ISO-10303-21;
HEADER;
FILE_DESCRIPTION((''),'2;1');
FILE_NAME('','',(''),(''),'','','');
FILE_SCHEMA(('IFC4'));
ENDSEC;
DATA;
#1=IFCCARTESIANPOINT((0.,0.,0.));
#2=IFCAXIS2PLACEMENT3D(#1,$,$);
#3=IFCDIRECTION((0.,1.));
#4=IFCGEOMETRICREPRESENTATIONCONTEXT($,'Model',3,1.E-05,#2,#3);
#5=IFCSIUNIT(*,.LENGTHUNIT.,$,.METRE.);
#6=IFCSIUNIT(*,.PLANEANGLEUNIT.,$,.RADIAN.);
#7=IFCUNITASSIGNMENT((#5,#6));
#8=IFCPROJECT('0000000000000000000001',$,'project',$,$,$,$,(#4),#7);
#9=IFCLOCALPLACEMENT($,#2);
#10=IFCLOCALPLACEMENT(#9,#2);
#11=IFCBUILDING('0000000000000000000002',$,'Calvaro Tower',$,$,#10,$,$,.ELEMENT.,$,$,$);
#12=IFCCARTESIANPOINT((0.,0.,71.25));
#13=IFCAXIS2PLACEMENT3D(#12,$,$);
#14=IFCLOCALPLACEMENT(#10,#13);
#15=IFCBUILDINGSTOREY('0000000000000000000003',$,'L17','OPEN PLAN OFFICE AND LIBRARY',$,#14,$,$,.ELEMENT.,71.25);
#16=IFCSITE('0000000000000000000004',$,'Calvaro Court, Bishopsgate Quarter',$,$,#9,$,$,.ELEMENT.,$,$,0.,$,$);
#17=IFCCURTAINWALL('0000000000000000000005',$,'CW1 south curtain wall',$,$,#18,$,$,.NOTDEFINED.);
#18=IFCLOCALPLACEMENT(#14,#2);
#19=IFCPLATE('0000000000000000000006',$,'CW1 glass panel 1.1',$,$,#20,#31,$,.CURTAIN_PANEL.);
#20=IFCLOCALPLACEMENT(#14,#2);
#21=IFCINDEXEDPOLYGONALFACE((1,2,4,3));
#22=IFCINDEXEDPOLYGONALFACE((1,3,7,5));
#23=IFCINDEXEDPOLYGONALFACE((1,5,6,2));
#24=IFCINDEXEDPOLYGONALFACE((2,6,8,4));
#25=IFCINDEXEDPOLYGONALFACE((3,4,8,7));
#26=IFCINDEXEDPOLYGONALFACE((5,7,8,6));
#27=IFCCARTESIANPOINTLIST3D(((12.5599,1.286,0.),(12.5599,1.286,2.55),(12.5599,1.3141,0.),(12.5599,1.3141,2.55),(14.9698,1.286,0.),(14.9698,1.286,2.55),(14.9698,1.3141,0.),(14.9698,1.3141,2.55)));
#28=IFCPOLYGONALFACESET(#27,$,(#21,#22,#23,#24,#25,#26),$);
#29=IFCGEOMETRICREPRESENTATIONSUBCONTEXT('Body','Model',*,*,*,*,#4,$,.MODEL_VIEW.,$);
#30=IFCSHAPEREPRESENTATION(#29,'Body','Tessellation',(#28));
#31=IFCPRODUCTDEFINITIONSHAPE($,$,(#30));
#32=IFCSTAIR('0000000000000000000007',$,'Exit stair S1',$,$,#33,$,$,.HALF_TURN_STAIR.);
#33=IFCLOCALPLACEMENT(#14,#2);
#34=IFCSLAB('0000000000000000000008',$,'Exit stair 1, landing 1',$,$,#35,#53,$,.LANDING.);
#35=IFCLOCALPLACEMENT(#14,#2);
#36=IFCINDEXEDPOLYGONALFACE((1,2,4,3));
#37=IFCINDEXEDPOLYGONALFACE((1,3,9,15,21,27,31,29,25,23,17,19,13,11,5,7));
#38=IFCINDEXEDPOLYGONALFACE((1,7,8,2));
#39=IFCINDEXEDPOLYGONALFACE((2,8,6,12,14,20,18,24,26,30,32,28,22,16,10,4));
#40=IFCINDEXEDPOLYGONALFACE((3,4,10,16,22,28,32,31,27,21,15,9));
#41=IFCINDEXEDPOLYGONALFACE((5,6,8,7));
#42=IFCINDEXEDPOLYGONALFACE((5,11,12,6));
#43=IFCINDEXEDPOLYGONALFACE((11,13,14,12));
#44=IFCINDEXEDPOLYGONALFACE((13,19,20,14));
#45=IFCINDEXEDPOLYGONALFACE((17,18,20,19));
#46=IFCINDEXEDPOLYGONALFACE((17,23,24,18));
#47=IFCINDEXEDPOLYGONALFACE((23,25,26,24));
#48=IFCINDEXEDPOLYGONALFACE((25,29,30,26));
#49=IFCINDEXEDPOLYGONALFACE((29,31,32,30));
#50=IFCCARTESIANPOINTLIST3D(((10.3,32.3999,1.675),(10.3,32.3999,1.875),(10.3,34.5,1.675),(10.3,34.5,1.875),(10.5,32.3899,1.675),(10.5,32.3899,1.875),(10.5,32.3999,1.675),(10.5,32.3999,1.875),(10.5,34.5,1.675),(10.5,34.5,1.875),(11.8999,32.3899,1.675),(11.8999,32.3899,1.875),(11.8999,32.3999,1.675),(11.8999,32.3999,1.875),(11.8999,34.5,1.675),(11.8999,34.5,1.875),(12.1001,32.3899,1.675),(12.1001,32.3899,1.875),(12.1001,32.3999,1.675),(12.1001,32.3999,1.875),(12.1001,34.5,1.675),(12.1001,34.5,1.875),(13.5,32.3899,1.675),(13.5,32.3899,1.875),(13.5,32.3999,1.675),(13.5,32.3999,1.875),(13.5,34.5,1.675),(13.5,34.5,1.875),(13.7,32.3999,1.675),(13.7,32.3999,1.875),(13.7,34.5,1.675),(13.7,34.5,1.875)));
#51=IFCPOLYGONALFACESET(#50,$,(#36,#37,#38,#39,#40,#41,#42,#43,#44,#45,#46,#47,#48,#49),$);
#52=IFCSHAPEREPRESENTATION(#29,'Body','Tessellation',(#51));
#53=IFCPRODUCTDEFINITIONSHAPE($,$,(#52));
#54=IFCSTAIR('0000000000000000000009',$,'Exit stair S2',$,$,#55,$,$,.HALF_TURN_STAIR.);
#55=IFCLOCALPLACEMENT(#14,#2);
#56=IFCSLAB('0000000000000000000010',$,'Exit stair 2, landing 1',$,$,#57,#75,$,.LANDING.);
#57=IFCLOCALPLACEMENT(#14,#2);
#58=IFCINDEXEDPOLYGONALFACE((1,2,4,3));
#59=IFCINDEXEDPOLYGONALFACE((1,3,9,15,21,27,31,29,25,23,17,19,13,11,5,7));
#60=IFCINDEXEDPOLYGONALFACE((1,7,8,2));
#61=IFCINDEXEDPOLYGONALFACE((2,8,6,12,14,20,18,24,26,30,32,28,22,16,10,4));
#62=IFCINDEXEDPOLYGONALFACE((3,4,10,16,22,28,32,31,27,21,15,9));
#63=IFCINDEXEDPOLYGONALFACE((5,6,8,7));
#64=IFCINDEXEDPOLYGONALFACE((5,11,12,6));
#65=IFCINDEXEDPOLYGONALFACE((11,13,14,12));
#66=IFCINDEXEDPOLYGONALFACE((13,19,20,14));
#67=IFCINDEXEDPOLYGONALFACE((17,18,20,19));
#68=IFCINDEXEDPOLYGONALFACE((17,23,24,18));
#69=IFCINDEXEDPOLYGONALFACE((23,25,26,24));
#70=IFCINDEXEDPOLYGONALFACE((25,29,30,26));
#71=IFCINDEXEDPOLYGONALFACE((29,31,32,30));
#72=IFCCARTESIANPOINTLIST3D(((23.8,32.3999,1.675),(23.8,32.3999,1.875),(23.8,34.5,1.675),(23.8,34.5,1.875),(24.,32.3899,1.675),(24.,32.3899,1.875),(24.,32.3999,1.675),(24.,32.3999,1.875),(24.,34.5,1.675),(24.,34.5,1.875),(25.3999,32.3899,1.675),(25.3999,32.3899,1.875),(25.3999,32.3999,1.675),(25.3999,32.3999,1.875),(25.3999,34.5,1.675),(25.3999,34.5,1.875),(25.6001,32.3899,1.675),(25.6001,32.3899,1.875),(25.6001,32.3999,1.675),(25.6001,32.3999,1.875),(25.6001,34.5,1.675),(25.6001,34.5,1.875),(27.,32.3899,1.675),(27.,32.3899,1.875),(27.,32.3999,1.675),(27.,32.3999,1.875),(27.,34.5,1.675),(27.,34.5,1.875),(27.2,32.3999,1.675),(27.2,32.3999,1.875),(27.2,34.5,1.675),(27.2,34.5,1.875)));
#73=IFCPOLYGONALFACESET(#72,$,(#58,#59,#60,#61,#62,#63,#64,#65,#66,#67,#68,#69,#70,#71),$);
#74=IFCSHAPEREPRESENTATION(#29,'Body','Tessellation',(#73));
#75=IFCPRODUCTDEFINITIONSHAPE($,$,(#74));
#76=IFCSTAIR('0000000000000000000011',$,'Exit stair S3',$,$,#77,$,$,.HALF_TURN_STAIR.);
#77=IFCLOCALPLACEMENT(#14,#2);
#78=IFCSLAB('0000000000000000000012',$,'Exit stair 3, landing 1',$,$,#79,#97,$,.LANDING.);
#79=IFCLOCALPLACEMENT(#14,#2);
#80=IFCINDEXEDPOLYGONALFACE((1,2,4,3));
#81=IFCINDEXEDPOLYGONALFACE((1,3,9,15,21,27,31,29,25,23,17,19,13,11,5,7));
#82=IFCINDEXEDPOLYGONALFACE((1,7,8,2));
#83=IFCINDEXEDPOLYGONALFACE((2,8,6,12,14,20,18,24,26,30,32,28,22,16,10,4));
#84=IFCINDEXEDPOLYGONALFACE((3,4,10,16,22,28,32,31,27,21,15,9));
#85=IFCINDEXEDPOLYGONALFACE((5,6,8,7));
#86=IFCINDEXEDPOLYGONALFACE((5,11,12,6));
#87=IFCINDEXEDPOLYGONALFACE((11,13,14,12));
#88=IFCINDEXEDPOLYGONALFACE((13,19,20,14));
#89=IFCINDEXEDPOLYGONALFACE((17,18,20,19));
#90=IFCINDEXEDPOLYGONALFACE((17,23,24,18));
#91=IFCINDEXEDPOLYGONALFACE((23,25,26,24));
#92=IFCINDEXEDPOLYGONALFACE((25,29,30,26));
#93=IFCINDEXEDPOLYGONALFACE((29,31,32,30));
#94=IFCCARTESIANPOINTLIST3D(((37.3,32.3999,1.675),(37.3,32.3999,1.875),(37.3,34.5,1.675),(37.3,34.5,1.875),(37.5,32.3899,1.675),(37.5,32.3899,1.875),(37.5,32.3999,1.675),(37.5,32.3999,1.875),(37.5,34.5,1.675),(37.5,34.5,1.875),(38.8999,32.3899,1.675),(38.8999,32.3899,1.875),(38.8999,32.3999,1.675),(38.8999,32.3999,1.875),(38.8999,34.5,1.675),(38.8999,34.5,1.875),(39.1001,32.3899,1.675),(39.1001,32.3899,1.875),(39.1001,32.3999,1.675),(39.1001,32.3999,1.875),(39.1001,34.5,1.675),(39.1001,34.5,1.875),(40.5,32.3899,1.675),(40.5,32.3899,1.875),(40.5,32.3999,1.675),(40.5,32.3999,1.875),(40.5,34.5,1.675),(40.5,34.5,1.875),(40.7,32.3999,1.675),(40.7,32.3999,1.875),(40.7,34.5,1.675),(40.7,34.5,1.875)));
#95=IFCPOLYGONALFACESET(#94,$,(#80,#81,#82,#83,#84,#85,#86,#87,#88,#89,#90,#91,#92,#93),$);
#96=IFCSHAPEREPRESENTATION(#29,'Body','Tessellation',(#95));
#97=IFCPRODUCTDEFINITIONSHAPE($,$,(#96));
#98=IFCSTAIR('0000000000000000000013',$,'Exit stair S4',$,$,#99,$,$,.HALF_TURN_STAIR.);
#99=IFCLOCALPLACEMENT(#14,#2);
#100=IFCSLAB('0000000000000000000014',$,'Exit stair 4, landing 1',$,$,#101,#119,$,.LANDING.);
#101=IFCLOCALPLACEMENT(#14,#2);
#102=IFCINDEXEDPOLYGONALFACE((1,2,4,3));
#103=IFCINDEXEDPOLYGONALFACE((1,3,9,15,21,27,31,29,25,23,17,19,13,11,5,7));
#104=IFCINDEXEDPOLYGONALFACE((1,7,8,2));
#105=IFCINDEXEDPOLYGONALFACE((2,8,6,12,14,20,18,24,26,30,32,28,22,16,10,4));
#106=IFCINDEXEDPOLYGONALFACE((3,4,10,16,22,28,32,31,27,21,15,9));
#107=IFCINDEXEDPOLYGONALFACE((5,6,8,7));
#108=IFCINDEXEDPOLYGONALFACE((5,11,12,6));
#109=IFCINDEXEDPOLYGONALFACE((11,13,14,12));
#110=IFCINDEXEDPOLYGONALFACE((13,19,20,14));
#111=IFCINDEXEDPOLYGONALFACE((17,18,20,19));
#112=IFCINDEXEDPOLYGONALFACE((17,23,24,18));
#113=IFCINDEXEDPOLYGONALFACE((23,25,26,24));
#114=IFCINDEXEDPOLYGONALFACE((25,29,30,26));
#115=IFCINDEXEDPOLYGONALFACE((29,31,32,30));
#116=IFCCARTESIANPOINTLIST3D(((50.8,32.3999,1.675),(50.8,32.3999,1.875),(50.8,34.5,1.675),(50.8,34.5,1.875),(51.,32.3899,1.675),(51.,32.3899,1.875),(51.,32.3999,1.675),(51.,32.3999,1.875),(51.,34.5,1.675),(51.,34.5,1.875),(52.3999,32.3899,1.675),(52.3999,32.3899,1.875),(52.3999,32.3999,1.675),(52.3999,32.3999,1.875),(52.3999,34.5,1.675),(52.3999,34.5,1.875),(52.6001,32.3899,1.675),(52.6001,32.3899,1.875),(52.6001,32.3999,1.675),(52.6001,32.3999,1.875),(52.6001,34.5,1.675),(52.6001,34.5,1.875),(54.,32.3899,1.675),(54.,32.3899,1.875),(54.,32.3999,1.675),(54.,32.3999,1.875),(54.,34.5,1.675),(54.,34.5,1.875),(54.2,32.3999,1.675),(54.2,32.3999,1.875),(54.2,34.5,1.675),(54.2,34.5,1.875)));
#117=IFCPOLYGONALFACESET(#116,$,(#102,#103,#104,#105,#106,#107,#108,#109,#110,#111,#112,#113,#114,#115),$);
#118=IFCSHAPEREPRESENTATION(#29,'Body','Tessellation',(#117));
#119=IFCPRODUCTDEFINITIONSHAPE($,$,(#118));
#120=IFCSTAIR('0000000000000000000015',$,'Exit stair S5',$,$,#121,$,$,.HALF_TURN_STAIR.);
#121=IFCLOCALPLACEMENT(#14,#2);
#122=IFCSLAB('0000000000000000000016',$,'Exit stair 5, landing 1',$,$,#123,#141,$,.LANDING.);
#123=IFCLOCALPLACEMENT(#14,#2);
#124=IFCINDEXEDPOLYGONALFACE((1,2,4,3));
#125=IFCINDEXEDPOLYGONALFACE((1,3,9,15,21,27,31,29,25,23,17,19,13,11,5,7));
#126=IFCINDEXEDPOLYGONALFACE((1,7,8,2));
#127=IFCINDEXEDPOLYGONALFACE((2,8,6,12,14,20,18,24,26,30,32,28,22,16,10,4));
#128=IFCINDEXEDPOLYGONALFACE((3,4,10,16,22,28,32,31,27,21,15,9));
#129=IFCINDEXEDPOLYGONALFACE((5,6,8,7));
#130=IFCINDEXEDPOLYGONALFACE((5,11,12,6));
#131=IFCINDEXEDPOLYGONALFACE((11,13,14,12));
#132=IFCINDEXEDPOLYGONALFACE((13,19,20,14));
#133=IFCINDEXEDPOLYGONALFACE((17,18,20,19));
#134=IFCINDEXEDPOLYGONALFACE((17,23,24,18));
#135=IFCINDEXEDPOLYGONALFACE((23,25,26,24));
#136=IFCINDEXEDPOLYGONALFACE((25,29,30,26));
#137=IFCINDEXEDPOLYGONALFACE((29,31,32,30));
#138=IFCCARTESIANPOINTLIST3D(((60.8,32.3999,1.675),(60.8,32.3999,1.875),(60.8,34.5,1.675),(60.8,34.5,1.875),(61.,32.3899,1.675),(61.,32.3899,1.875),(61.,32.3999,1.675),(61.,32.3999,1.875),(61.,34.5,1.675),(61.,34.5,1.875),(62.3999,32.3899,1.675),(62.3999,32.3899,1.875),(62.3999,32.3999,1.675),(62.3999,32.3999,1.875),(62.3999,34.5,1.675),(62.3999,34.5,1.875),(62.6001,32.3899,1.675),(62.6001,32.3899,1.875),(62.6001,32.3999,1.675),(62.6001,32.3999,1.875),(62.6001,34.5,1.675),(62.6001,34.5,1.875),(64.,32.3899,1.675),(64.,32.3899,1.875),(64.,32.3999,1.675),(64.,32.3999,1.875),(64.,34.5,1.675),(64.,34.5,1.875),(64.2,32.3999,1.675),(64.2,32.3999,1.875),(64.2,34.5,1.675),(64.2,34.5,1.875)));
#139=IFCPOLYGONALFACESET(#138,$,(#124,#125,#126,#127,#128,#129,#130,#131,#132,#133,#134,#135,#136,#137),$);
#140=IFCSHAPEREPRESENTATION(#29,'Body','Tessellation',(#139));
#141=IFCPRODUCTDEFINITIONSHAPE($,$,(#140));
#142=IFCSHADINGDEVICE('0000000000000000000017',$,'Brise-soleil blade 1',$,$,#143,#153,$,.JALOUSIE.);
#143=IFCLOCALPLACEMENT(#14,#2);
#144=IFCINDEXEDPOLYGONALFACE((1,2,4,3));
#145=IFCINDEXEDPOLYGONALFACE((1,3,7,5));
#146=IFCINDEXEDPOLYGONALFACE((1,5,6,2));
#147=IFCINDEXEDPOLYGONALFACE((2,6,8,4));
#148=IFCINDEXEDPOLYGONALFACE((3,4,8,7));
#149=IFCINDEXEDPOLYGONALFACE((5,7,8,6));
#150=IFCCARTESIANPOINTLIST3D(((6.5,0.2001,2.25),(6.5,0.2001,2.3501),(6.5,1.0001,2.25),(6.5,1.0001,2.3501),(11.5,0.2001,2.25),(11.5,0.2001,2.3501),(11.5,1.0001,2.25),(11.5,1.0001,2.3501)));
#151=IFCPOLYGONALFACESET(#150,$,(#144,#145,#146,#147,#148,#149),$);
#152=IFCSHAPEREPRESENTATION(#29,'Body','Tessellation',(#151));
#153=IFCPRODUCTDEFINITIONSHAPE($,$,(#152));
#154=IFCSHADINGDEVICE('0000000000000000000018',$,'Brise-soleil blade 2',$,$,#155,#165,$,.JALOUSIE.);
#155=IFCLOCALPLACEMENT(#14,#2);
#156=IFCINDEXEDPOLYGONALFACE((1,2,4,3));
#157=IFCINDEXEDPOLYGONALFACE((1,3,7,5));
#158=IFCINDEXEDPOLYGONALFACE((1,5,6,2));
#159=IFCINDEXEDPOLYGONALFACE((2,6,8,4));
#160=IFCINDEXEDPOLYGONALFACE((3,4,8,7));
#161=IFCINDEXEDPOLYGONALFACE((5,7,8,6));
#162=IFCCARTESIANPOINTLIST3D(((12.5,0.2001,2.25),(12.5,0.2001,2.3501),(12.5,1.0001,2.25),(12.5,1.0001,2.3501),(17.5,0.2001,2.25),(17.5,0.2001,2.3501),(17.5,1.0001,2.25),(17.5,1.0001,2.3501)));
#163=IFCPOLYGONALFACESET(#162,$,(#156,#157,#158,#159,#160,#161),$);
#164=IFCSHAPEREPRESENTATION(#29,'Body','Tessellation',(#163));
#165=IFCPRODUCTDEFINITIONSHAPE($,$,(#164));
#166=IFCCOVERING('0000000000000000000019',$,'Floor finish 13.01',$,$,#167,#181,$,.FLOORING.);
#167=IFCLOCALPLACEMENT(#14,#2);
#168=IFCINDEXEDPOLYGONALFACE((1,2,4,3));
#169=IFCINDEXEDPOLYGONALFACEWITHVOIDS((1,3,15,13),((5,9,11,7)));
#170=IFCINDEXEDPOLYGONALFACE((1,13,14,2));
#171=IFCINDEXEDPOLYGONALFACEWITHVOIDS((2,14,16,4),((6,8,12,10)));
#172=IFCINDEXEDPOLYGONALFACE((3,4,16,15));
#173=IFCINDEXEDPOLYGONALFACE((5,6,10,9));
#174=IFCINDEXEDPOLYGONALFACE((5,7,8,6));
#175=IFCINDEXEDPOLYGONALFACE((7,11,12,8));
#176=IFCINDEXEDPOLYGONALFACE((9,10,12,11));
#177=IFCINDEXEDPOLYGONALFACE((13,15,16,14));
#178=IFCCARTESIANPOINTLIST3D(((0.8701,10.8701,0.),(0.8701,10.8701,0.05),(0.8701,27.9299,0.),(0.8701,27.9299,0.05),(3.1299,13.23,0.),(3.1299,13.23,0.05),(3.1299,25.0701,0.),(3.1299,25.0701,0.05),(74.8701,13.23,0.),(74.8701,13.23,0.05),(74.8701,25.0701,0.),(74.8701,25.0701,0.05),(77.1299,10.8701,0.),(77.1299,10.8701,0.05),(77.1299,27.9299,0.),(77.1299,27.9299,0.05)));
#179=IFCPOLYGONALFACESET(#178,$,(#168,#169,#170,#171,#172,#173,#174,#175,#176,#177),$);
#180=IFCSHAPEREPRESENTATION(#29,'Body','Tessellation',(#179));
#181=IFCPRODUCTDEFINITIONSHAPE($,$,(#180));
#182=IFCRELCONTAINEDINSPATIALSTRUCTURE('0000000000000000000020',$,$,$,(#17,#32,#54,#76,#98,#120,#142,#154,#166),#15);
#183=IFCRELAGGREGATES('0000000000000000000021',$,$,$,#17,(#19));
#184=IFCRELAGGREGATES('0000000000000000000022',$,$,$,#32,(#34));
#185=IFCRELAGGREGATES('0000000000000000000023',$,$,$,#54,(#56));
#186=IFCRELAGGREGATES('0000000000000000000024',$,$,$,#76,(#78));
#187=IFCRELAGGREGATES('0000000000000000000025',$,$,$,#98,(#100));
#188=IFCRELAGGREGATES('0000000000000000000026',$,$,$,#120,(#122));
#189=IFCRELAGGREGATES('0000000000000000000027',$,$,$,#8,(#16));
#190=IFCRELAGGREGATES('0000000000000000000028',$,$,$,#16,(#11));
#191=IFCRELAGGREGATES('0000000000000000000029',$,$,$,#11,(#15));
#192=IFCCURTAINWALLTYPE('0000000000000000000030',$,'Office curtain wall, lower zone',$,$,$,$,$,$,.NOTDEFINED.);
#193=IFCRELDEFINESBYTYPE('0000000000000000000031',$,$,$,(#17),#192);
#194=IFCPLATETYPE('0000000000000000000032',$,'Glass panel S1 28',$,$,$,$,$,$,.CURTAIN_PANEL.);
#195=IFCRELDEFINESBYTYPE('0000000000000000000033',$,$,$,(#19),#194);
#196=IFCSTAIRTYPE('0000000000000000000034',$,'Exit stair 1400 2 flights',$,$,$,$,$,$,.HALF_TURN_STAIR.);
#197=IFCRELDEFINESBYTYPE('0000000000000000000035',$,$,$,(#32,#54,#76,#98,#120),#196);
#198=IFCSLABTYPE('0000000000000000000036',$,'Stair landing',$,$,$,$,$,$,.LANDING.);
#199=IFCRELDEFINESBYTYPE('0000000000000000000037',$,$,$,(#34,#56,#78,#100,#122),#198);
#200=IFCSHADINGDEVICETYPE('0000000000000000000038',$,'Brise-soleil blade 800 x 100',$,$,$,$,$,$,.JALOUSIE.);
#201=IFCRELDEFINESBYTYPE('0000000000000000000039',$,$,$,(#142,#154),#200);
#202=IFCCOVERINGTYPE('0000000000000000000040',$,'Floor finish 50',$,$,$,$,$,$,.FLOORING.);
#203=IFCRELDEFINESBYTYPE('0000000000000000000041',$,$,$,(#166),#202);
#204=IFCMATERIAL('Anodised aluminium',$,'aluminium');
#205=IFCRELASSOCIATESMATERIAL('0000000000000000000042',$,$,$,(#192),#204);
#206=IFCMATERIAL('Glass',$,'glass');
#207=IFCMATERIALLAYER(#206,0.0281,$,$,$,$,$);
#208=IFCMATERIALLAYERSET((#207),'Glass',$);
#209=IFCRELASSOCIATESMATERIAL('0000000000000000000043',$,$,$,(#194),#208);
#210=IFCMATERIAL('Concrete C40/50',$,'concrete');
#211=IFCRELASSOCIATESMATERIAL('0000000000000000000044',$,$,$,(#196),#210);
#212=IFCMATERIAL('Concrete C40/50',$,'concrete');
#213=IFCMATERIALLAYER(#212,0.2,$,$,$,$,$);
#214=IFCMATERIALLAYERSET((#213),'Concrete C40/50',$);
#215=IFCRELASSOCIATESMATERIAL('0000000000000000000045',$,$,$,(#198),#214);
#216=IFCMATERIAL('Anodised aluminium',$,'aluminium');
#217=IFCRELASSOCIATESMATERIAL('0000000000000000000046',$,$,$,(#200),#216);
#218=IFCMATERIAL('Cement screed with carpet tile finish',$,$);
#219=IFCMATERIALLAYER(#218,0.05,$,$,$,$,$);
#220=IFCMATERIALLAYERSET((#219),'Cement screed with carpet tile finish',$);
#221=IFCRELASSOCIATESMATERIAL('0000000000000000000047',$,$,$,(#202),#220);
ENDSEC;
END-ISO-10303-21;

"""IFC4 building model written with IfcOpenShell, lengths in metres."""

from ifc_helpers import new_model, si_unit, direction, frame, origin, origin_2d, place, context, subcontext, project, spatial, polyline, rectangle, outline, extrude, material, layer, layer_set, material_profile, profile_set, type_object, element, aggregate, save


model = new_model("IFC4")

# Units and contexts
model_context = context("Model", 3, precision=1e-05, world=origin(), true_north=direction((0.0, 1.0)))
body_context = subcontext(model_context, "Body", "Model", "MODEL_VIEW")
ifc_project = project(units=[si_unit("LENGTHUNIT", "METRE"), si_unit("PLANEANGLEUNIT", "RADIAN")], contexts=[model_context])

# Site, building, storey
site_placement = place(None, origin())
site = spatial("IfcSite", under=ifc_project, at=site_placement, Name="Calvaro Court, Bishopsgate Quarter", CompositionType="ELEMENT", RefElevation=0.0)
building_placement = place(site_placement, origin())
building = spatial("IfcBuilding", under=site, at=building_placement, Name="Calvaro Tower", CompositionType="ELEMENT")
storey_placement = place(building_placement, frame((0.0, 0.0, 71.25)))
storey = spatial("IfcBuildingStorey", under=building, at=storey_placement, Name="L17", Description="OPEN PLAN OFFICE AND LIBRARY", CompositionType="ELEMENT", Elevation=71.25)

# Shared definitions
ifc_material_1 = material(Name="Anodised aluminium", Category="aluminium")
curtain_wall_type = type_object("IfcCurtainWallType", Name="Office curtain wall, lower zone", PredefinedType="NOTDEFINED", material=ifc_material_1)

# Curtain wall
curtain_wall_1_placement = place(storey_placement, origin())
curtain_wall_1 = element("IfcCurtainWall", 1, at=curtain_wall_1_placement, inside=storey, type_object=curtain_wall_type, Name="CW1 south curtain wall", PredefinedType="NOTDEFINED")

# Plate
ifc_material_2 = material(Name="Glass", Category="glass")
ifc_layer_1 = layer(ifc_material_2, 0.0281)
ifc_layer_set_1 = layer_set([ifc_layer_1], Name="Glass")
plate_type = type_object("IfcPlateType", Name="Glass panel S1 28", PredefinedType="CURTAIN_PANEL", material=ifc_layer_set_1)
plate_1_placement = place(storey_placement, frame((13.7649, 1.3, 0.0), z_axis=(0.0, 0.0, 1.0), x_axis=(1.0, 0.0, 0.0)))
plate_1 = element("IfcPlate", 2, at=plate_1_placement, type_object=plate_type, Name="CW1 glass panel 1.1", PredefinedType="CURTAIN_PANEL", context=body_context, shape_type="SweptSolid", body=[
    extrude(rectangle(XDim=2.4099, YDim=0.0281, at=origin_2d()), origin(), (0.0, 0.0, 1.0), 2.55),
])
aggregate(curtain_wall_1, [plate_1])

# Stairs, slabs
ifc_material_3 = material(Name="Concrete C40/50", Category="concrete")
stair_type = type_object("IfcStairType", Name="Exit stair 1400 2 flights", PredefinedType="HALF_TURN_STAIR", material=ifc_material_3)
stair_1_placement = place(storey_placement, origin())
stair_1 = element("IfcStair", 3, at=stair_1_placement, inside=storey, type_object=stair_type, Name="Exit stair S1", PredefinedType="HALF_TURN_STAIR")
ifc_material_4 = material(Name="Concrete C40/50", Category="concrete")
ifc_layer_2 = layer(ifc_material_4, 0.2)
ifc_layer_set_2 = layer_set([ifc_layer_2], Name="Concrete C40/50")
slab_type_1 = type_object("IfcSlabType", Name="Stair landing", PredefinedType="LANDING", material=ifc_layer_set_2)
slab_1_placement = place(storey_placement, frame((0.0, 0.0, 1.675)))
slab_1 = element("IfcSlab", 4, at=slab_1_placement, type_object=slab_type_1, Name="Exit stair 1, landing 1", PredefinedType="LANDING", context=body_context, shape_type="SweptSolid", body=[
    extrude(outline(polyline([(11.8999, 32.3899), (10.5, 32.3899), (10.5, 32.3999), (10.3, 32.3999), (10.3, 34.5), (10.5, 34.5), (11.8999, 34.5), (12.1001, 34.5), (13.5, 34.5), (13.7, 34.5), (13.7, 32.3999), (13.5, 32.3999), (13.5, 32.3899), (12.1001, 32.3899), (12.1001, 32.3999), (11.8999, 32.3999), (11.8999, 32.3899)])), origin(), (0.0, 0.0, 1.0), 0.2),
])
aggregate(stair_1, [slab_1])
stair_2_placement = place(storey_placement, origin())
stair_2 = element("IfcStair", 5, at=stair_2_placement, inside=storey, type_object=stair_type, Name="Exit stair S2", PredefinedType="HALF_TURN_STAIR")
slab_2_placement = place(storey_placement, frame((0.0, 0.0, 1.675)))
slab_2 = element("IfcSlab", 6, at=slab_2_placement, type_object=slab_type_1, Name="Exit stair 2, landing 1", PredefinedType="LANDING", context=body_context, shape_type="SweptSolid", body=[
    extrude(outline(polyline([(25.3999, 32.3899), (24.0, 32.3899), (24.0, 32.3999), (23.8, 32.3999), (23.8, 34.5), (24.0, 34.5), (25.3999, 34.5), (25.6001, 34.5), (27.0, 34.5), (27.2, 34.5), (27.2, 32.3999), (27.0, 32.3999), (27.0, 32.3899), (25.6001, 32.3899), (25.6001, 32.3999), (25.3999, 32.3999), (25.3999, 32.3899)])), origin(), (0.0, 0.0, 1.0), 0.2),
])
aggregate(stair_2, [slab_2])
stair_3_placement = place(storey_placement, origin())
stair_3 = element("IfcStair", 7, at=stair_3_placement, inside=storey, type_object=stair_type, Name="Exit stair S3", PredefinedType="HALF_TURN_STAIR")
slab_3_placement = place(storey_placement, frame((0.0, 0.0, 1.675)))
slab_3 = element("IfcSlab", 8, at=slab_3_placement, type_object=slab_type_1, Name="Exit stair 3, landing 1", PredefinedType="LANDING", context=body_context, shape_type="SweptSolid", body=[
    extrude(outline(polyline([(38.8999, 32.3899), (37.5, 32.3899), (37.5, 32.3999), (37.3, 32.3999), (37.3, 34.5), (37.5, 34.5), (38.8999, 34.5), (39.1001, 34.5), (40.5, 34.5), (40.7, 34.5), (40.7, 32.3999), (40.5, 32.3999), (40.5, 32.3899), (39.1001, 32.3899), (39.1001, 32.3999), (38.8999, 32.3999), (38.8999, 32.3899)])), origin(), (0.0, 0.0, 1.0), 0.2),
])
aggregate(stair_3, [slab_3])
stair_4_placement = place(storey_placement, origin())
stair_4 = element("IfcStair", 9, at=stair_4_placement, inside=storey, type_object=stair_type, Name="Exit stair S4", PredefinedType="HALF_TURN_STAIR")
slab_4_placement = place(storey_placement, frame((0.0, 0.0, 1.675)))
slab_4 = element("IfcSlab", 10, at=slab_4_placement, type_object=slab_type_1, Name="Exit stair 4, landing 1", PredefinedType="LANDING", context=body_context, shape_type="SweptSolid", body=[
    extrude(outline(polyline([(52.3999, 32.3899), (51.0, 32.3899), (51.0, 32.3999), (50.8, 32.3999), (50.8, 34.5), (51.0, 34.5), (52.3999, 34.5), (52.6001, 34.5), (54.0, 34.5), (54.2, 34.5), (54.2, 32.3999), (54.0, 32.3999), (54.0, 32.3899), (52.6001, 32.3899), (52.6001, 32.3999), (52.3999, 32.3999), (52.3999, 32.3899)])), origin(), (0.0, 0.0, 1.0), 0.2),
])
aggregate(stair_4, [slab_4])
stair_5_placement = place(storey_placement, origin())
stair_5 = element("IfcStair", 11, at=stair_5_placement, inside=storey, type_object=stair_type, Name="Exit stair S5", PredefinedType="HALF_TURN_STAIR")
slab_5_placement = place(storey_placement, frame((0.0, 0.0, 1.675)))
slab_5 = element("IfcSlab", 12, at=slab_5_placement, type_object=slab_type_1, Name="Exit stair 5, landing 1", PredefinedType="LANDING", context=body_context, shape_type="SweptSolid", body=[
    extrude(outline(polyline([(62.3999, 32.3899), (61.0, 32.3899), (61.0, 32.3999), (60.8, 32.3999), (60.8, 34.5), (61.0, 34.5), (62.3999, 34.5), (62.6001, 34.5), (64.0, 34.5), (64.2, 34.5), (64.2, 32.3999), (64.0, 32.3999), (64.0, 32.3899), (62.6001, 32.3899), (62.6001, 32.3999), (62.3999, 32.3999), (62.3999, 32.3899)])), origin(), (0.0, 0.0, 1.0), 0.2),
])
aggregate(stair_5, [slab_5])

# Shading devices
ifc_material_5 = material(Name="Anodised aluminium", Category="aluminium")
ifc_material_profile_1 = material_profile(ifc_material_5, rectangle(XDim=0.8, YDim=0.1001, at=origin_2d()), Name="Brise-soleil blade 800 x 100")
ifc_profile_set_1 = profile_set([ifc_material_profile_1], Name="Anodised aluminium")
shading_device_type = type_object("IfcShadingDeviceType", Name="Brise-soleil blade 800 x 100", PredefinedType="JALOUSIE", material=ifc_profile_set_1)
for number, where, z_axis, x_axis, name in (
    (13, (6.5, 0.6001, 2.3), (1.0, 0.0, 0.0), (0.0, 1.0, 0.0), "Brise-soleil blade 1"),
    (14, (12.5, 0.6001, 2.3), (1.0, 0.0, 0.0), (0.0, 1.0, 0.0), "Brise-soleil blade 2"),
):
    element("IfcShadingDevice", number, at=place(storey_placement, frame(where, z_axis=z_axis, x_axis=x_axis)), inside=storey, type_object=shading_device_type, Name=name, PredefinedType="JALOUSIE", context=body_context, shape_type="SweptSolid", body=[
        extrude(rectangle(XDim=0.8, YDim=0.1001, at=origin_2d()), origin(), (0.0, 0.0, 1.0), 5.0),
    ])

# Covering
ifc_material_6 = material(Name="Cement screed with carpet tile finish")
ifc_layer_3 = layer(ifc_material_6, 0.05)
ifc_layer_set_3 = layer_set([ifc_layer_3], Name="Cement screed with carpet tile finish")
covering_type = type_object("IfcCoveringType", Name="Floor finish 50", PredefinedType="FLOORING", material=ifc_layer_set_3)
covering_1_placement = place(storey_placement, origin())
element("IfcCovering", 15, at=covering_1_placement, inside=storey, type_object=covering_type, Name="Floor finish 13.01", PredefinedType="FLOORING", context=body_context, shape_type="SweptSolid", body=[
    extrude(outline(polyline([(0.8701, 10.8701), (0.8701, 27.9299), (77.1299, 27.9299), (77.1299, 10.8701), (0.8701, 10.8701)]), holes=[polyline([(74.8701, 13.23), (74.8701, 25.0701), (3.1299, 25.0701), (3.1299, 13.23), (74.8701, 13.23)])]), origin(), (0.0, 0.0, 1.0), 0.05),
])

save(model, "model.ifc")
